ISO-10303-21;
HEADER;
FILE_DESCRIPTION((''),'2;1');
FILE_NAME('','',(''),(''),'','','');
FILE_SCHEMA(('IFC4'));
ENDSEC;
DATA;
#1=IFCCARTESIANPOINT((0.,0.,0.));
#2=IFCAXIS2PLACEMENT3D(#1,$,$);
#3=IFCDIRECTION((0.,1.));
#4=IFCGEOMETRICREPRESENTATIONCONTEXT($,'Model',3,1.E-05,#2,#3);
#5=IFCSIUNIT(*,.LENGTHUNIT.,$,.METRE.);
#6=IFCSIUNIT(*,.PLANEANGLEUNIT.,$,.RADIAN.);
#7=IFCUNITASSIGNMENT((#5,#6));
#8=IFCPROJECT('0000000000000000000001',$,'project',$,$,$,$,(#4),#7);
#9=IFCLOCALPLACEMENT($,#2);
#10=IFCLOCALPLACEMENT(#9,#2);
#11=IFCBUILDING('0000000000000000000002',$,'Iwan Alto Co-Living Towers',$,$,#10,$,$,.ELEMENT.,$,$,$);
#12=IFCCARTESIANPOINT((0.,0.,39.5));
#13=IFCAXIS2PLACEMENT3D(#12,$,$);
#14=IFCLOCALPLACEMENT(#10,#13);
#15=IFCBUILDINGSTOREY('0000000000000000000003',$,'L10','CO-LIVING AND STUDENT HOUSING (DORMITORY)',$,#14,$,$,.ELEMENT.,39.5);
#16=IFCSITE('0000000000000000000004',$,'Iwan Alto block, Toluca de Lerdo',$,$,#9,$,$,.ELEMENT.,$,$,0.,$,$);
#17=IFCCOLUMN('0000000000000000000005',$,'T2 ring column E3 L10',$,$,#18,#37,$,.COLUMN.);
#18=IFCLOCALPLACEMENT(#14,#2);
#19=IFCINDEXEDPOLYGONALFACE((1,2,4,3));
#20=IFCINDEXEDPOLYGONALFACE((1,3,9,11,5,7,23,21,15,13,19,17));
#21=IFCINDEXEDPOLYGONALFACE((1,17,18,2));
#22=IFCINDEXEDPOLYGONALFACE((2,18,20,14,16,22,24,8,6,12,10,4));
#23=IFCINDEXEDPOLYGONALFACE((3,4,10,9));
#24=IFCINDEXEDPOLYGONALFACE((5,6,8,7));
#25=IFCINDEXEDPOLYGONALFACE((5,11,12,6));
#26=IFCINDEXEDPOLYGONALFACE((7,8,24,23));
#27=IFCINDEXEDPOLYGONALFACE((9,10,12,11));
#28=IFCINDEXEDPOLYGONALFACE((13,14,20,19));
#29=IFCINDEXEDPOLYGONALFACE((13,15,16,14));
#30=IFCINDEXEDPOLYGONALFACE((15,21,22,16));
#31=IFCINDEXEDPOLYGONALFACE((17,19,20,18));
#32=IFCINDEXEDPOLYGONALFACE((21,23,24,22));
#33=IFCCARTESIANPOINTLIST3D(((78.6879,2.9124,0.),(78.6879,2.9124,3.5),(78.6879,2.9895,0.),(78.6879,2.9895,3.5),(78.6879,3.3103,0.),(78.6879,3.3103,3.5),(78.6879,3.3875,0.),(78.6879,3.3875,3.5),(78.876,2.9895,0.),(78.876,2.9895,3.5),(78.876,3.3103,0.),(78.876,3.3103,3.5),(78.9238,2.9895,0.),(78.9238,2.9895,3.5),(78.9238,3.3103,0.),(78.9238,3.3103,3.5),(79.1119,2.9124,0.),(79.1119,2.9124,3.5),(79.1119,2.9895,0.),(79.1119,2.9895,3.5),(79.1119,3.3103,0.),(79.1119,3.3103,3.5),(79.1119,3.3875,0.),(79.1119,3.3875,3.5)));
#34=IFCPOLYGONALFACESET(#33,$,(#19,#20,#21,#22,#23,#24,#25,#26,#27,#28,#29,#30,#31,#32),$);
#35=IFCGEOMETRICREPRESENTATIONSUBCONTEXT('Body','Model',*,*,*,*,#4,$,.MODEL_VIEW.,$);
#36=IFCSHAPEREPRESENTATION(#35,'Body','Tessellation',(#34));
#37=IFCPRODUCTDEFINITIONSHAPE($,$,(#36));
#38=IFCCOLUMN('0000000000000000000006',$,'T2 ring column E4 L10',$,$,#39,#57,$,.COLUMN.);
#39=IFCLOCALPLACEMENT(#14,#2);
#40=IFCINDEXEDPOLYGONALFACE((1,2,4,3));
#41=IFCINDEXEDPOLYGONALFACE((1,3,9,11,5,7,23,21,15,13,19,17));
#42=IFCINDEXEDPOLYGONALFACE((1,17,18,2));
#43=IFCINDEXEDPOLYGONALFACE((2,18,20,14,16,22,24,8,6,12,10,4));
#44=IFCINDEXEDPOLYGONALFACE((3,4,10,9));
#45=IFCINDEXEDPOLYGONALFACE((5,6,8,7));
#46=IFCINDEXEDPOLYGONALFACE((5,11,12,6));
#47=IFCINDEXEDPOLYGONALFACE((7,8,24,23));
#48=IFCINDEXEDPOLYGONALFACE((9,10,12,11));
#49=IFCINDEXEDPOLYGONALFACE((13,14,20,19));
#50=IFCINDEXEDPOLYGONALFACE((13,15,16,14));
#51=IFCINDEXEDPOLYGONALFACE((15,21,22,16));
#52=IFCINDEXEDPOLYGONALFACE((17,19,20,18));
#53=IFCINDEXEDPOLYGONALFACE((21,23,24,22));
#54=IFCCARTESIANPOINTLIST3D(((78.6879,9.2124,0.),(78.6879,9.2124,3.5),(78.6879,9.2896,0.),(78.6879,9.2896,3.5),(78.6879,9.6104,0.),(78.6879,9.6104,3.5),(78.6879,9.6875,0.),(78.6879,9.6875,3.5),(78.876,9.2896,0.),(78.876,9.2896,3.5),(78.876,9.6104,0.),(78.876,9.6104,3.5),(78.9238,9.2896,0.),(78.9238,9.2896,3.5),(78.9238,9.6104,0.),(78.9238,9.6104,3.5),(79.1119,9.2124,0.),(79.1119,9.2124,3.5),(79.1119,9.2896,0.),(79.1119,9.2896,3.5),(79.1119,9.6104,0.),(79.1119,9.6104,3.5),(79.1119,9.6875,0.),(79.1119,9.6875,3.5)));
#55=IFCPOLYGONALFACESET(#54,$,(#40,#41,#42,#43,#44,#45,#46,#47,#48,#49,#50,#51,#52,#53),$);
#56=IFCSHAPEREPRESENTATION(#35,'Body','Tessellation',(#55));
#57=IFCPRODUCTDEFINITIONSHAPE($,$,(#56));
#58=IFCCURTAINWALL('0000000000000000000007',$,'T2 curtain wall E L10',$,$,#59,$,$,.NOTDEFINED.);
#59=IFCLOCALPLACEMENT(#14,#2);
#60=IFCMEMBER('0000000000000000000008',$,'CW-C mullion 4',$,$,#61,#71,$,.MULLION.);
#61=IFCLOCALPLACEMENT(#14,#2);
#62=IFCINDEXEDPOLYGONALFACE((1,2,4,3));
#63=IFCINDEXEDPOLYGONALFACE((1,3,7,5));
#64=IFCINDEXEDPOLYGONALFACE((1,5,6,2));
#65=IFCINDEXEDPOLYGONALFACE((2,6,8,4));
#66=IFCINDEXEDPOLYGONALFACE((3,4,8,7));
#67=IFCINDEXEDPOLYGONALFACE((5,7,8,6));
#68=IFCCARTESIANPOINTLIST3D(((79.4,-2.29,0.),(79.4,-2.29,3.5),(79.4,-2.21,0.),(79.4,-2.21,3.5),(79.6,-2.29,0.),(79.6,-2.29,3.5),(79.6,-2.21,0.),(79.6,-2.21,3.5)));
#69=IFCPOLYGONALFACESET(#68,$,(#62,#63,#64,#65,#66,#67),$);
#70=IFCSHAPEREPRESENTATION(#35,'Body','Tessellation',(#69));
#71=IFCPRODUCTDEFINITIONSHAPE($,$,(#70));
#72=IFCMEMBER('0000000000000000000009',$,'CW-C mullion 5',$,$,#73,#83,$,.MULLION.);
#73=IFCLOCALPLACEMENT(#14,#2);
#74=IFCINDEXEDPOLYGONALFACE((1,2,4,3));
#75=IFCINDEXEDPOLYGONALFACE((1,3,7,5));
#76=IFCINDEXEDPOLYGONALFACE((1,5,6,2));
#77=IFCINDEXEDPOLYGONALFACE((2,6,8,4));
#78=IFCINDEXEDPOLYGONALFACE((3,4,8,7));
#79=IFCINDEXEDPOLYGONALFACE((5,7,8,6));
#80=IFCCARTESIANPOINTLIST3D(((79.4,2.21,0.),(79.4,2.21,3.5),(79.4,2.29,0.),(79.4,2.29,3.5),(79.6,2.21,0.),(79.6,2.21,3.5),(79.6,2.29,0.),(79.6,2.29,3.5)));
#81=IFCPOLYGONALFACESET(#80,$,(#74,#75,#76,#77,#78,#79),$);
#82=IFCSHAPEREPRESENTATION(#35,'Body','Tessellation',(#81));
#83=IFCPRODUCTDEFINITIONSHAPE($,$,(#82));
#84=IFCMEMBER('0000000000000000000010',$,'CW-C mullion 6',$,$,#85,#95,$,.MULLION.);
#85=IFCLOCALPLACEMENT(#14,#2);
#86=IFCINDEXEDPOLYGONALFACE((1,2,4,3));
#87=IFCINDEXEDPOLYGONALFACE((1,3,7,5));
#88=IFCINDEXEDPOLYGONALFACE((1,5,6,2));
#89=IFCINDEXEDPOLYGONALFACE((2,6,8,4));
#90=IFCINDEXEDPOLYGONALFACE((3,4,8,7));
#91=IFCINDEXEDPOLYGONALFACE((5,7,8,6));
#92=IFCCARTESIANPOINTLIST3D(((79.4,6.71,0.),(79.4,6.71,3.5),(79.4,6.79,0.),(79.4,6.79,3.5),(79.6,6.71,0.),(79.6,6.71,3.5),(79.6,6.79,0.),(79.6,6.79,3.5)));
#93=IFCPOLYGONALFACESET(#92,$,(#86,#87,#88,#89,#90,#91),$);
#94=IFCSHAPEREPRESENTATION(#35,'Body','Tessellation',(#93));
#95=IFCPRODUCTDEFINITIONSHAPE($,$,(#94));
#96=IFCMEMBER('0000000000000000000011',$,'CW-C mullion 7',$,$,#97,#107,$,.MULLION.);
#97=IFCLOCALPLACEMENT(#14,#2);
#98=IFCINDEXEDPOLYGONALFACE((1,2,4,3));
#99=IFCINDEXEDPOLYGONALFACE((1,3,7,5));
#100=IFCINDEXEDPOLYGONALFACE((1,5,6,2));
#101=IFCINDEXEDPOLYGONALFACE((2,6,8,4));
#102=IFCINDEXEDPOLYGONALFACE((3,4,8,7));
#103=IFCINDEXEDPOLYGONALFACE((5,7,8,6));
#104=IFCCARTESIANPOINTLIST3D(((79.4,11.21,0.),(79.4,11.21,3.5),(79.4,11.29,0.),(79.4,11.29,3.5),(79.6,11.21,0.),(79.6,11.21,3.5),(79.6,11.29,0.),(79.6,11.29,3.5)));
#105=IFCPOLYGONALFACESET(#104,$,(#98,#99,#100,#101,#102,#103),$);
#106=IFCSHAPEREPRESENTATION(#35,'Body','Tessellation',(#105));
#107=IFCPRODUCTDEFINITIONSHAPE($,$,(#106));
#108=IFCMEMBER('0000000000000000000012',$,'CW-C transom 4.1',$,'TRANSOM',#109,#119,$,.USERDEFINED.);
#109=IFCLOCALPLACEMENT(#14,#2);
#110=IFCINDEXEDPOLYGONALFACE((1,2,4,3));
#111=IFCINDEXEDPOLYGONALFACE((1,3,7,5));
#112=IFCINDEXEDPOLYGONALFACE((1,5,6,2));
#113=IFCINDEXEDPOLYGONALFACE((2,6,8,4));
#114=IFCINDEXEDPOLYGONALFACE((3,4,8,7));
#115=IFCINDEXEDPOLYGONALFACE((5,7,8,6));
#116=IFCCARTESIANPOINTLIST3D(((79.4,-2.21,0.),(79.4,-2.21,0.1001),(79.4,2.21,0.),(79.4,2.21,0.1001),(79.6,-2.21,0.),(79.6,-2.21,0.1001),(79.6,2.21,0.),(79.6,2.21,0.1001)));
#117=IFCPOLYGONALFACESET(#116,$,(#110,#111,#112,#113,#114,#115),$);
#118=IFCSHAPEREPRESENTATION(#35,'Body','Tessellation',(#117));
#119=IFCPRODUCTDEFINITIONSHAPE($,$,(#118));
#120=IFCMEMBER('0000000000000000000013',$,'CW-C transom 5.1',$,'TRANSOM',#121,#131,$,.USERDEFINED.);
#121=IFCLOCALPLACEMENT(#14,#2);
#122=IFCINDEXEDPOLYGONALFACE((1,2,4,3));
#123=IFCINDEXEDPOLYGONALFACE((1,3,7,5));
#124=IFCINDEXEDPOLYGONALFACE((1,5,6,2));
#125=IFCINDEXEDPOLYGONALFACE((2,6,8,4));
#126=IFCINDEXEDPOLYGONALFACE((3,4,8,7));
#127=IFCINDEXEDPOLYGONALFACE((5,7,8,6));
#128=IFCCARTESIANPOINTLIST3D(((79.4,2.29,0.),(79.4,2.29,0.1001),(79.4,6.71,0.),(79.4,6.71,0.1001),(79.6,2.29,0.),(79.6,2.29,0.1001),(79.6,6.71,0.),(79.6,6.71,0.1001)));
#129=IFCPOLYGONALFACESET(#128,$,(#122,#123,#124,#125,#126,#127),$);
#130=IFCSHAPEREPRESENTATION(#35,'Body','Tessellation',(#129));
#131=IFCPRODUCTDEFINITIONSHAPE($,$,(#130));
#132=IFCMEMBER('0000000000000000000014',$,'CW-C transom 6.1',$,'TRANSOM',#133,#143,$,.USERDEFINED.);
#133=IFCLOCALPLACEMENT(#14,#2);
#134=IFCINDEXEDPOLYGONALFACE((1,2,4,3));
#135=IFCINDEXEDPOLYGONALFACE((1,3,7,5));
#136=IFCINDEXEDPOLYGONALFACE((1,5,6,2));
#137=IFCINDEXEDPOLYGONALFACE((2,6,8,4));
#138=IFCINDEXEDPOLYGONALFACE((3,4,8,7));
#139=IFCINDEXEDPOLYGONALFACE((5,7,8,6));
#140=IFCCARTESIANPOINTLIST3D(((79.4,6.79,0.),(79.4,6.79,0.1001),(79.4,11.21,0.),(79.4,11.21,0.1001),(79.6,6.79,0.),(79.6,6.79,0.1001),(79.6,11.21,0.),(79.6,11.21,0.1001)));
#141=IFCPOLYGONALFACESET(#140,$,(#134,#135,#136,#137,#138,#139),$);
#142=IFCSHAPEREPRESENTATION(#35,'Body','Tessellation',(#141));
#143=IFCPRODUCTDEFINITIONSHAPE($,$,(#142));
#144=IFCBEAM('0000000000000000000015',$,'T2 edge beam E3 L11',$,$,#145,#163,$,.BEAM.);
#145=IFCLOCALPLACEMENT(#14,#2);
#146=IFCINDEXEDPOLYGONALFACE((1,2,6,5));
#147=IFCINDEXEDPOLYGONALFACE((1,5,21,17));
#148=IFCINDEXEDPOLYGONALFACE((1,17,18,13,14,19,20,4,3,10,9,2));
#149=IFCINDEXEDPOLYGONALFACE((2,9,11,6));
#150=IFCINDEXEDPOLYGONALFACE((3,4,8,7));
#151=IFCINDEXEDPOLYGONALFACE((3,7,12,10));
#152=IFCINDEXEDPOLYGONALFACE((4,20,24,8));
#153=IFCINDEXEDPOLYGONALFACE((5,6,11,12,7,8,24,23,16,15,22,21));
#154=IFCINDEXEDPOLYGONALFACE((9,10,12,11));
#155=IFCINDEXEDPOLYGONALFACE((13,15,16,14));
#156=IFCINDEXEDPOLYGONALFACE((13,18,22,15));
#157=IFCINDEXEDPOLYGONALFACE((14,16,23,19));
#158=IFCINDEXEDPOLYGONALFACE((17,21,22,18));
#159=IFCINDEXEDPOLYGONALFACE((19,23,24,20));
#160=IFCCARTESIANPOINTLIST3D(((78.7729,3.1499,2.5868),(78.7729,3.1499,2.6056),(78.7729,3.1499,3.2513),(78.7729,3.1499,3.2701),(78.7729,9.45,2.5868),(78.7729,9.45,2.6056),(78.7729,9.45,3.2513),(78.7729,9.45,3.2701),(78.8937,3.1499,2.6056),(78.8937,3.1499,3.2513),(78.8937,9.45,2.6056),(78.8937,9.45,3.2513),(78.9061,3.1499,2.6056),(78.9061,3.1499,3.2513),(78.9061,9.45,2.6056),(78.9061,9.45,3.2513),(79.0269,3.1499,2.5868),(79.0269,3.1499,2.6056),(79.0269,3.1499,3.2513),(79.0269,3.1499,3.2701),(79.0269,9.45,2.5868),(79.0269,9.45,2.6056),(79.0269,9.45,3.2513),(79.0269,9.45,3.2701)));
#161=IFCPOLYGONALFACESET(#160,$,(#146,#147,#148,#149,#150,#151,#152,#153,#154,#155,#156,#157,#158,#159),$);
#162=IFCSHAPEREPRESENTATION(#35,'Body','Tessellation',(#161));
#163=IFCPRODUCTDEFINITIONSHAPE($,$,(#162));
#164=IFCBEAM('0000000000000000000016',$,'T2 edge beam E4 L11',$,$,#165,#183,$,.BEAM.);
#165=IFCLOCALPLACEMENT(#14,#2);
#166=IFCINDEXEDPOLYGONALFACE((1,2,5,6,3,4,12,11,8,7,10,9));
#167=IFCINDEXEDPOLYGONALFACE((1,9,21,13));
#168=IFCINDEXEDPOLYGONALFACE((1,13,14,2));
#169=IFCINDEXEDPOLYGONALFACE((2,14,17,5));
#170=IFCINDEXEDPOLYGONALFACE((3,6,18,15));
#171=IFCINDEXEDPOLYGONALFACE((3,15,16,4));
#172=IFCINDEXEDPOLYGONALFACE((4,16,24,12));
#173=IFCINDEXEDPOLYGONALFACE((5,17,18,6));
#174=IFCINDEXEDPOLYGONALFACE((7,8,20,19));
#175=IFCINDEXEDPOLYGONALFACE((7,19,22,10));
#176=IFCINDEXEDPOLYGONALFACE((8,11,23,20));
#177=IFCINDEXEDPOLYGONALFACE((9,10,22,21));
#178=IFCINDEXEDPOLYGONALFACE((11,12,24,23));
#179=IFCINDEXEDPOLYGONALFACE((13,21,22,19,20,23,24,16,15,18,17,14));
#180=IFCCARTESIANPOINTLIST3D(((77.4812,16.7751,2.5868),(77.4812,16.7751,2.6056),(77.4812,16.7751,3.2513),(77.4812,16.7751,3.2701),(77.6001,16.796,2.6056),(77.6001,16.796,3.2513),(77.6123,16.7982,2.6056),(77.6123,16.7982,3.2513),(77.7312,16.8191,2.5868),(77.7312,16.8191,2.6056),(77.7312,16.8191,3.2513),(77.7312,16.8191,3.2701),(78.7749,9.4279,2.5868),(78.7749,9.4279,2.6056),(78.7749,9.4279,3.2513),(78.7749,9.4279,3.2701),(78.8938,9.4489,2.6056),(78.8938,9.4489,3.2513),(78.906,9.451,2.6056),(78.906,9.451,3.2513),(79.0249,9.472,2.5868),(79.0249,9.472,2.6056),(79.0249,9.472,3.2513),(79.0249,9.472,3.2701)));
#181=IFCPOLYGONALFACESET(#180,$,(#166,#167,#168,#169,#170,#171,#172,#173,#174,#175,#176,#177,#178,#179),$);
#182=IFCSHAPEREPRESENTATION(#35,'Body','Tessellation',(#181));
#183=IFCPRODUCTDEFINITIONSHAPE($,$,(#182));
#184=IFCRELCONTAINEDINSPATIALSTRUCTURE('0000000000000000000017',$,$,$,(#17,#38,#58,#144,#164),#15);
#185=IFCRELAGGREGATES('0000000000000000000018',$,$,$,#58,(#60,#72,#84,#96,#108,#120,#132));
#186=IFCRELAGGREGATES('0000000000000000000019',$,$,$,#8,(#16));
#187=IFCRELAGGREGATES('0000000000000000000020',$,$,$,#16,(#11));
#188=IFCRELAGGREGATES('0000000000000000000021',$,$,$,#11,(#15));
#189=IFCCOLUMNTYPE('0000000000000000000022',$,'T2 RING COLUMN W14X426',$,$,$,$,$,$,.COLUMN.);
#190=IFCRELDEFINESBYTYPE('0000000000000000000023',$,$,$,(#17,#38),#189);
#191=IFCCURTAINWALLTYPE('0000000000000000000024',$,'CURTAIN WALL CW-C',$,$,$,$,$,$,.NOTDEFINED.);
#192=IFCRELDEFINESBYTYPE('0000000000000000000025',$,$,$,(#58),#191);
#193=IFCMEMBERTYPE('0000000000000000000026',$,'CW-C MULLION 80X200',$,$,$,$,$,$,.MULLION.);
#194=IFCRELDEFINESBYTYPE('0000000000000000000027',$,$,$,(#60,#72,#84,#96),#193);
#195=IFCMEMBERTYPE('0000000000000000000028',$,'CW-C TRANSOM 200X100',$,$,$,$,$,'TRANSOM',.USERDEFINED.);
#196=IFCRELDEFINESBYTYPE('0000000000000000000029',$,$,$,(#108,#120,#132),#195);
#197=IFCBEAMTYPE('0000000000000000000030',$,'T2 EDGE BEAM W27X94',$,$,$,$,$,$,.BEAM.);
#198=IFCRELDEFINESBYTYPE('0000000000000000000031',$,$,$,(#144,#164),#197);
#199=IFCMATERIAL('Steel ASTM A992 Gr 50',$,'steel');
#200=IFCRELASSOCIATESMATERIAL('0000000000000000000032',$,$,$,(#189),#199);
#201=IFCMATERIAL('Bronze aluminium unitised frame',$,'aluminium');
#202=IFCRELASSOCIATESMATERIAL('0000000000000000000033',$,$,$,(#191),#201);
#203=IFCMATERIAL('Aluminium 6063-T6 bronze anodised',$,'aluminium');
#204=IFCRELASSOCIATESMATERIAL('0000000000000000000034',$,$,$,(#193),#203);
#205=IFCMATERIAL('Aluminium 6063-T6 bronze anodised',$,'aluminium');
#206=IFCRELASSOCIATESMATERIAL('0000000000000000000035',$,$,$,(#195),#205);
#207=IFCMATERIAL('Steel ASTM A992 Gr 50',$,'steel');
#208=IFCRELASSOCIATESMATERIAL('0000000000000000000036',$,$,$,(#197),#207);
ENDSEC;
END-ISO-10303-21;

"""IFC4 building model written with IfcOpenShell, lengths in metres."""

from ifc_helpers import new_model, si_unit, direction, frame, origin, origin_2d, place, context, subcontext, project, spatial, rectangle, i_section, extrude, material, material_profile, profile_set, type_object, element, aggregate, save


model = new_model("IFC4")

# Units and contexts
model_context = context("Model", 3, precision=1e-05, world=origin(), true_north=direction((0.0, 1.0)))
body_context = subcontext(model_context, "Body", "Model", "MODEL_VIEW")
ifc_project = project(units=[si_unit("LENGTHUNIT", "METRE"), si_unit("PLANEANGLEUNIT", "RADIAN")], contexts=[model_context])

# Site, building, storey
site_placement = place(None, origin())
site = spatial("IfcSite", under=ifc_project, at=site_placement, Name="Iwan Alto block, Toluca de Lerdo", CompositionType="ELEMENT", RefElevation=0.0)
building_placement = place(site_placement, origin())
building = spatial("IfcBuilding", under=site, at=building_placement, Name="Iwan Alto Co-Living Towers", CompositionType="ELEMENT")
storey_placement = place(building_placement, frame((0.0, 0.0, 39.5)))
storey = spatial("IfcBuildingStorey", under=building, at=storey_placement, Name="L10", Description="CO-LIVING AND STUDENT HOUSING (DORMITORY)", CompositionType="ELEMENT", Elevation=39.5)

# Columns
ifc_material_1 = material(Name="Steel ASTM A992 Gr 50", Category="steel")
ifc_material_profile_1 = material_profile(ifc_material_1, i_section(OverallWidth=0.4241, OverallDepth=0.4751, WebThickness=0.0479, FlangeThickness=0.0771, at=origin_2d()), Name="W14X426")
ifc_profile_set_1 = profile_set([ifc_material_profile_1], Name="Steel ASTM A992 Gr 50")
column_type = type_object("IfcColumnType", Name="T2 RING COLUMN W14X426", PredefinedType="COLUMN", material=ifc_profile_set_1)
for number, where, z_axis, x_axis, name in (
    (1, (78.8999, 3.1499, 0.0), (0.0, 0.0, 1.0), (1.0, 0.0, 0.0), "T2 ring column E3 L10"),
    (2, (78.8999, 9.45, 0.0), (0.0, 0.0, 1.0), (1.0, 0.0, 0.0), "T2 ring column E4 L10"),
):
    element("IfcColumn", number, at=place(storey_placement, frame(where, z_axis=z_axis, x_axis=x_axis)), inside=storey, type_object=column_type, Name=name, PredefinedType="COLUMN", context=body_context, shape_type="SweptSolid", body=[
        extrude(i_section(OverallWidth=0.4241, OverallDepth=0.4751, WebThickness=0.0479, FlangeThickness=0.0771, at=origin_2d()), origin(), (0.0, 0.0, 1.0), 3.5),
    ])

# Curtain wall, members
ifc_material_2 = material(Name="Bronze aluminium unitised frame", Category="aluminium")
curtain_wall_type = type_object("IfcCurtainWallType", Name="CURTAIN WALL CW-C", PredefinedType="NOTDEFINED", material=ifc_material_2)
curtain_wall_placement = place(storey_placement, origin())
curtain_wall = element("IfcCurtainWall", 3, at=curtain_wall_placement, inside=storey, type_object=curtain_wall_type, Name="T2 curtain wall E L10", PredefinedType="NOTDEFINED")
ifc_material_3 = material(Name="Aluminium 6063-T6 bronze anodised", Category="aluminium")
ifc_material_profile_2 = material_profile(ifc_material_3, rectangle(XDim=0.2, YDim=0.0801, at=origin_2d()), Name="AL 80X200")
ifc_profile_set_2 = profile_set([ifc_material_profile_2], Name="Aluminium 6063-T6 bronze anodised")
member_type_1 = type_object("IfcMemberType", Name="CW-C MULLION 80X200", PredefinedType="MULLION", material=ifc_profile_set_2)
member_1_placement = place(storey_placement, frame((79.5, -2.25, 0.0), z_axis=(0.0, 0.0, 1.0), x_axis=(-1.0, 0.0, 0.0)))
member_1 = element("IfcMember", 4, at=member_1_placement, type_object=member_type_1, Name="CW-C mullion 4", PredefinedType="MULLION", context=body_context, shape_type="SweptSolid", body=[
    extrude(rectangle(XDim=0.2, YDim=0.0801, at=origin_2d()), origin(), (0.0, 0.0, 1.0), 3.5),
])
member_2_placement = place(storey_placement, frame((79.5, 2.25, 0.0), z_axis=(0.0, 0.0, 1.0), x_axis=(-1.0, 0.0, 0.0)))
member_2 = element("IfcMember", 5, at=member_2_placement, type_object=member_type_1, Name="CW-C mullion 5", PredefinedType="MULLION", context=body_context, shape_type="SweptSolid", body=[
    extrude(rectangle(XDim=0.2, YDim=0.0801, at=origin_2d()), origin(), (0.0, 0.0, 1.0), 3.5),
])
member_3_placement = place(storey_placement, frame((79.5, 6.75, 0.0), z_axis=(0.0, 0.0, 1.0), x_axis=(-1.0, 0.0, 0.0)))
member_3 = element("IfcMember", 6, at=member_3_placement, type_object=member_type_1, Name="CW-C mullion 6", PredefinedType="MULLION", context=body_context, shape_type="SweptSolid", body=[
    extrude(rectangle(XDim=0.2, YDim=0.0801, at=origin_2d()), origin(), (0.0, 0.0, 1.0), 3.5),
])
member_4_placement = place(storey_placement, frame((79.5, 11.25, 0.0), z_axis=(0.0, 0.0, 1.0), x_axis=(-1.0, 0.0, 0.0)))
member_4 = element("IfcMember", 7, at=member_4_placement, type_object=member_type_1, Name="CW-C mullion 7", PredefinedType="MULLION", context=body_context, shape_type="SweptSolid", body=[
    extrude(rectangle(XDim=0.2, YDim=0.0801, at=origin_2d()), origin(), (0.0, 0.0, 1.0), 3.5),
])
ifc_material_4 = material(Name="Aluminium 6063-T6 bronze anodised", Category="aluminium")
ifc_material_profile_3 = material_profile(ifc_material_4, rectangle(XDim=0.2, YDim=0.1001, at=origin_2d()), Name="AL 200X100")
ifc_profile_set_3 = profile_set([ifc_material_profile_3], Name="Aluminium 6063-T6 bronze anodised")
member_type_2 = type_object("IfcMemberType", Name="CW-C TRANSOM 200X100", ElementType="TRANSOM", PredefinedType="USERDEFINED", material=ifc_profile_set_3)
member_5_placement = place(storey_placement, frame((79.5, -2.21, 0.05), z_axis=(0.0, 1.0, 0.0), x_axis=(-1.0, 0.0, 0.0)))
member_5 = element("IfcMember", 8, at=member_5_placement, type_object=member_type_2, Name="CW-C transom 4.1", ObjectType="TRANSOM", PredefinedType="USERDEFINED", context=body_context, shape_type="SweptSolid", body=[
    extrude(rectangle(XDim=0.2, YDim=0.1001, at=origin_2d()), origin(), (0.0, 0.0, 1.0), 4.4199),
])
member_6_placement = place(storey_placement, frame((79.5, 2.29, 0.05), z_axis=(0.0, 1.0, 0.0), x_axis=(-1.0, 0.0, 0.0)))
member_6 = element("IfcMember", 9, at=member_6_placement, type_object=member_type_2, Name="CW-C transom 5.1", ObjectType="TRANSOM", PredefinedType="USERDEFINED", context=body_context, shape_type="SweptSolid", body=[
    extrude(rectangle(XDim=0.2, YDim=0.1001, at=origin_2d()), origin(), (0.0, 0.0, 1.0), 4.4199),
])
member_7_placement = place(storey_placement, frame((79.5, 6.79, 0.05), z_axis=(0.0, 1.0, 0.0), x_axis=(-1.0, 0.0, 0.0)))
member_7 = element("IfcMember", 10, at=member_7_placement, type_object=member_type_2, Name="CW-C transom 6.1", ObjectType="TRANSOM", PredefinedType="USERDEFINED", context=body_context, shape_type="SweptSolid", body=[
    extrude(rectangle(XDim=0.2, YDim=0.1001, at=origin_2d()), origin(), (0.0, 0.0, 1.0), 4.4199),
])

# Beams
ifc_material_5 = material(Name="Steel ASTM A992 Gr 50", Category="steel")
ifc_material_profile_4 = material_profile(ifc_material_5, i_section(OverallWidth=0.2539, OverallDepth=0.6833, WebThickness=0.0125, FlangeThickness=0.0188, at=origin_2d()), Name="W27X94")
ifc_profile_set_4 = profile_set([ifc_material_profile_4], Name="Steel ASTM A992 Gr 50")
beam_type_1 = type_object("IfcBeamType", Name="T2 EDGE BEAM W27X94", PredefinedType="BEAM", material=ifc_profile_set_4)
beam_1_placement = place(storey_placement, frame((78.8999, 3.1499, 2.9285), z_axis=(0.0, 1.0, 0.0), x_axis=(-1.0, 0.0, 0.0)))
element("IfcBeam", 11, at=beam_1_placement, inside=storey, type_object=beam_type_1, Name="T2 edge beam E3 L11", PredefinedType="BEAM", context=body_context, shape_type="SweptSolid", body=[
    extrude(i_section(OverallWidth=0.2539, OverallDepth=0.6833, WebThickness=0.0125, FlangeThickness=0.0188, at=origin_2d()), origin(), (0.0, 0.0, 1.0), 6.3),
])
beam_2_placement = place(storey_placement, frame((78.8999, 9.45, 2.9285), z_axis=(-0.173414, 0.984849, 0.0), x_axis=(-0.984849, -0.173414, 0.0)))
element("IfcBeam", 12, at=beam_2_placement, inside=storey, type_object=beam_type_1, Name="T2 edge beam E4 L11", PredefinedType="BEAM", context=body_context, shape_type="SweptSolid", body=[
    extrude(i_section(OverallWidth=0.2539, OverallDepth=0.6833, WebThickness=0.0125, FlangeThickness=0.0188, at=origin_2d()), origin(), (0.0, 0.0, 1.0), 7.4602),
])

aggregate(curtain_wall, [member_1, member_2, member_3, member_4, member_5, member_6, member_7])

save(model, "model.ifc")
